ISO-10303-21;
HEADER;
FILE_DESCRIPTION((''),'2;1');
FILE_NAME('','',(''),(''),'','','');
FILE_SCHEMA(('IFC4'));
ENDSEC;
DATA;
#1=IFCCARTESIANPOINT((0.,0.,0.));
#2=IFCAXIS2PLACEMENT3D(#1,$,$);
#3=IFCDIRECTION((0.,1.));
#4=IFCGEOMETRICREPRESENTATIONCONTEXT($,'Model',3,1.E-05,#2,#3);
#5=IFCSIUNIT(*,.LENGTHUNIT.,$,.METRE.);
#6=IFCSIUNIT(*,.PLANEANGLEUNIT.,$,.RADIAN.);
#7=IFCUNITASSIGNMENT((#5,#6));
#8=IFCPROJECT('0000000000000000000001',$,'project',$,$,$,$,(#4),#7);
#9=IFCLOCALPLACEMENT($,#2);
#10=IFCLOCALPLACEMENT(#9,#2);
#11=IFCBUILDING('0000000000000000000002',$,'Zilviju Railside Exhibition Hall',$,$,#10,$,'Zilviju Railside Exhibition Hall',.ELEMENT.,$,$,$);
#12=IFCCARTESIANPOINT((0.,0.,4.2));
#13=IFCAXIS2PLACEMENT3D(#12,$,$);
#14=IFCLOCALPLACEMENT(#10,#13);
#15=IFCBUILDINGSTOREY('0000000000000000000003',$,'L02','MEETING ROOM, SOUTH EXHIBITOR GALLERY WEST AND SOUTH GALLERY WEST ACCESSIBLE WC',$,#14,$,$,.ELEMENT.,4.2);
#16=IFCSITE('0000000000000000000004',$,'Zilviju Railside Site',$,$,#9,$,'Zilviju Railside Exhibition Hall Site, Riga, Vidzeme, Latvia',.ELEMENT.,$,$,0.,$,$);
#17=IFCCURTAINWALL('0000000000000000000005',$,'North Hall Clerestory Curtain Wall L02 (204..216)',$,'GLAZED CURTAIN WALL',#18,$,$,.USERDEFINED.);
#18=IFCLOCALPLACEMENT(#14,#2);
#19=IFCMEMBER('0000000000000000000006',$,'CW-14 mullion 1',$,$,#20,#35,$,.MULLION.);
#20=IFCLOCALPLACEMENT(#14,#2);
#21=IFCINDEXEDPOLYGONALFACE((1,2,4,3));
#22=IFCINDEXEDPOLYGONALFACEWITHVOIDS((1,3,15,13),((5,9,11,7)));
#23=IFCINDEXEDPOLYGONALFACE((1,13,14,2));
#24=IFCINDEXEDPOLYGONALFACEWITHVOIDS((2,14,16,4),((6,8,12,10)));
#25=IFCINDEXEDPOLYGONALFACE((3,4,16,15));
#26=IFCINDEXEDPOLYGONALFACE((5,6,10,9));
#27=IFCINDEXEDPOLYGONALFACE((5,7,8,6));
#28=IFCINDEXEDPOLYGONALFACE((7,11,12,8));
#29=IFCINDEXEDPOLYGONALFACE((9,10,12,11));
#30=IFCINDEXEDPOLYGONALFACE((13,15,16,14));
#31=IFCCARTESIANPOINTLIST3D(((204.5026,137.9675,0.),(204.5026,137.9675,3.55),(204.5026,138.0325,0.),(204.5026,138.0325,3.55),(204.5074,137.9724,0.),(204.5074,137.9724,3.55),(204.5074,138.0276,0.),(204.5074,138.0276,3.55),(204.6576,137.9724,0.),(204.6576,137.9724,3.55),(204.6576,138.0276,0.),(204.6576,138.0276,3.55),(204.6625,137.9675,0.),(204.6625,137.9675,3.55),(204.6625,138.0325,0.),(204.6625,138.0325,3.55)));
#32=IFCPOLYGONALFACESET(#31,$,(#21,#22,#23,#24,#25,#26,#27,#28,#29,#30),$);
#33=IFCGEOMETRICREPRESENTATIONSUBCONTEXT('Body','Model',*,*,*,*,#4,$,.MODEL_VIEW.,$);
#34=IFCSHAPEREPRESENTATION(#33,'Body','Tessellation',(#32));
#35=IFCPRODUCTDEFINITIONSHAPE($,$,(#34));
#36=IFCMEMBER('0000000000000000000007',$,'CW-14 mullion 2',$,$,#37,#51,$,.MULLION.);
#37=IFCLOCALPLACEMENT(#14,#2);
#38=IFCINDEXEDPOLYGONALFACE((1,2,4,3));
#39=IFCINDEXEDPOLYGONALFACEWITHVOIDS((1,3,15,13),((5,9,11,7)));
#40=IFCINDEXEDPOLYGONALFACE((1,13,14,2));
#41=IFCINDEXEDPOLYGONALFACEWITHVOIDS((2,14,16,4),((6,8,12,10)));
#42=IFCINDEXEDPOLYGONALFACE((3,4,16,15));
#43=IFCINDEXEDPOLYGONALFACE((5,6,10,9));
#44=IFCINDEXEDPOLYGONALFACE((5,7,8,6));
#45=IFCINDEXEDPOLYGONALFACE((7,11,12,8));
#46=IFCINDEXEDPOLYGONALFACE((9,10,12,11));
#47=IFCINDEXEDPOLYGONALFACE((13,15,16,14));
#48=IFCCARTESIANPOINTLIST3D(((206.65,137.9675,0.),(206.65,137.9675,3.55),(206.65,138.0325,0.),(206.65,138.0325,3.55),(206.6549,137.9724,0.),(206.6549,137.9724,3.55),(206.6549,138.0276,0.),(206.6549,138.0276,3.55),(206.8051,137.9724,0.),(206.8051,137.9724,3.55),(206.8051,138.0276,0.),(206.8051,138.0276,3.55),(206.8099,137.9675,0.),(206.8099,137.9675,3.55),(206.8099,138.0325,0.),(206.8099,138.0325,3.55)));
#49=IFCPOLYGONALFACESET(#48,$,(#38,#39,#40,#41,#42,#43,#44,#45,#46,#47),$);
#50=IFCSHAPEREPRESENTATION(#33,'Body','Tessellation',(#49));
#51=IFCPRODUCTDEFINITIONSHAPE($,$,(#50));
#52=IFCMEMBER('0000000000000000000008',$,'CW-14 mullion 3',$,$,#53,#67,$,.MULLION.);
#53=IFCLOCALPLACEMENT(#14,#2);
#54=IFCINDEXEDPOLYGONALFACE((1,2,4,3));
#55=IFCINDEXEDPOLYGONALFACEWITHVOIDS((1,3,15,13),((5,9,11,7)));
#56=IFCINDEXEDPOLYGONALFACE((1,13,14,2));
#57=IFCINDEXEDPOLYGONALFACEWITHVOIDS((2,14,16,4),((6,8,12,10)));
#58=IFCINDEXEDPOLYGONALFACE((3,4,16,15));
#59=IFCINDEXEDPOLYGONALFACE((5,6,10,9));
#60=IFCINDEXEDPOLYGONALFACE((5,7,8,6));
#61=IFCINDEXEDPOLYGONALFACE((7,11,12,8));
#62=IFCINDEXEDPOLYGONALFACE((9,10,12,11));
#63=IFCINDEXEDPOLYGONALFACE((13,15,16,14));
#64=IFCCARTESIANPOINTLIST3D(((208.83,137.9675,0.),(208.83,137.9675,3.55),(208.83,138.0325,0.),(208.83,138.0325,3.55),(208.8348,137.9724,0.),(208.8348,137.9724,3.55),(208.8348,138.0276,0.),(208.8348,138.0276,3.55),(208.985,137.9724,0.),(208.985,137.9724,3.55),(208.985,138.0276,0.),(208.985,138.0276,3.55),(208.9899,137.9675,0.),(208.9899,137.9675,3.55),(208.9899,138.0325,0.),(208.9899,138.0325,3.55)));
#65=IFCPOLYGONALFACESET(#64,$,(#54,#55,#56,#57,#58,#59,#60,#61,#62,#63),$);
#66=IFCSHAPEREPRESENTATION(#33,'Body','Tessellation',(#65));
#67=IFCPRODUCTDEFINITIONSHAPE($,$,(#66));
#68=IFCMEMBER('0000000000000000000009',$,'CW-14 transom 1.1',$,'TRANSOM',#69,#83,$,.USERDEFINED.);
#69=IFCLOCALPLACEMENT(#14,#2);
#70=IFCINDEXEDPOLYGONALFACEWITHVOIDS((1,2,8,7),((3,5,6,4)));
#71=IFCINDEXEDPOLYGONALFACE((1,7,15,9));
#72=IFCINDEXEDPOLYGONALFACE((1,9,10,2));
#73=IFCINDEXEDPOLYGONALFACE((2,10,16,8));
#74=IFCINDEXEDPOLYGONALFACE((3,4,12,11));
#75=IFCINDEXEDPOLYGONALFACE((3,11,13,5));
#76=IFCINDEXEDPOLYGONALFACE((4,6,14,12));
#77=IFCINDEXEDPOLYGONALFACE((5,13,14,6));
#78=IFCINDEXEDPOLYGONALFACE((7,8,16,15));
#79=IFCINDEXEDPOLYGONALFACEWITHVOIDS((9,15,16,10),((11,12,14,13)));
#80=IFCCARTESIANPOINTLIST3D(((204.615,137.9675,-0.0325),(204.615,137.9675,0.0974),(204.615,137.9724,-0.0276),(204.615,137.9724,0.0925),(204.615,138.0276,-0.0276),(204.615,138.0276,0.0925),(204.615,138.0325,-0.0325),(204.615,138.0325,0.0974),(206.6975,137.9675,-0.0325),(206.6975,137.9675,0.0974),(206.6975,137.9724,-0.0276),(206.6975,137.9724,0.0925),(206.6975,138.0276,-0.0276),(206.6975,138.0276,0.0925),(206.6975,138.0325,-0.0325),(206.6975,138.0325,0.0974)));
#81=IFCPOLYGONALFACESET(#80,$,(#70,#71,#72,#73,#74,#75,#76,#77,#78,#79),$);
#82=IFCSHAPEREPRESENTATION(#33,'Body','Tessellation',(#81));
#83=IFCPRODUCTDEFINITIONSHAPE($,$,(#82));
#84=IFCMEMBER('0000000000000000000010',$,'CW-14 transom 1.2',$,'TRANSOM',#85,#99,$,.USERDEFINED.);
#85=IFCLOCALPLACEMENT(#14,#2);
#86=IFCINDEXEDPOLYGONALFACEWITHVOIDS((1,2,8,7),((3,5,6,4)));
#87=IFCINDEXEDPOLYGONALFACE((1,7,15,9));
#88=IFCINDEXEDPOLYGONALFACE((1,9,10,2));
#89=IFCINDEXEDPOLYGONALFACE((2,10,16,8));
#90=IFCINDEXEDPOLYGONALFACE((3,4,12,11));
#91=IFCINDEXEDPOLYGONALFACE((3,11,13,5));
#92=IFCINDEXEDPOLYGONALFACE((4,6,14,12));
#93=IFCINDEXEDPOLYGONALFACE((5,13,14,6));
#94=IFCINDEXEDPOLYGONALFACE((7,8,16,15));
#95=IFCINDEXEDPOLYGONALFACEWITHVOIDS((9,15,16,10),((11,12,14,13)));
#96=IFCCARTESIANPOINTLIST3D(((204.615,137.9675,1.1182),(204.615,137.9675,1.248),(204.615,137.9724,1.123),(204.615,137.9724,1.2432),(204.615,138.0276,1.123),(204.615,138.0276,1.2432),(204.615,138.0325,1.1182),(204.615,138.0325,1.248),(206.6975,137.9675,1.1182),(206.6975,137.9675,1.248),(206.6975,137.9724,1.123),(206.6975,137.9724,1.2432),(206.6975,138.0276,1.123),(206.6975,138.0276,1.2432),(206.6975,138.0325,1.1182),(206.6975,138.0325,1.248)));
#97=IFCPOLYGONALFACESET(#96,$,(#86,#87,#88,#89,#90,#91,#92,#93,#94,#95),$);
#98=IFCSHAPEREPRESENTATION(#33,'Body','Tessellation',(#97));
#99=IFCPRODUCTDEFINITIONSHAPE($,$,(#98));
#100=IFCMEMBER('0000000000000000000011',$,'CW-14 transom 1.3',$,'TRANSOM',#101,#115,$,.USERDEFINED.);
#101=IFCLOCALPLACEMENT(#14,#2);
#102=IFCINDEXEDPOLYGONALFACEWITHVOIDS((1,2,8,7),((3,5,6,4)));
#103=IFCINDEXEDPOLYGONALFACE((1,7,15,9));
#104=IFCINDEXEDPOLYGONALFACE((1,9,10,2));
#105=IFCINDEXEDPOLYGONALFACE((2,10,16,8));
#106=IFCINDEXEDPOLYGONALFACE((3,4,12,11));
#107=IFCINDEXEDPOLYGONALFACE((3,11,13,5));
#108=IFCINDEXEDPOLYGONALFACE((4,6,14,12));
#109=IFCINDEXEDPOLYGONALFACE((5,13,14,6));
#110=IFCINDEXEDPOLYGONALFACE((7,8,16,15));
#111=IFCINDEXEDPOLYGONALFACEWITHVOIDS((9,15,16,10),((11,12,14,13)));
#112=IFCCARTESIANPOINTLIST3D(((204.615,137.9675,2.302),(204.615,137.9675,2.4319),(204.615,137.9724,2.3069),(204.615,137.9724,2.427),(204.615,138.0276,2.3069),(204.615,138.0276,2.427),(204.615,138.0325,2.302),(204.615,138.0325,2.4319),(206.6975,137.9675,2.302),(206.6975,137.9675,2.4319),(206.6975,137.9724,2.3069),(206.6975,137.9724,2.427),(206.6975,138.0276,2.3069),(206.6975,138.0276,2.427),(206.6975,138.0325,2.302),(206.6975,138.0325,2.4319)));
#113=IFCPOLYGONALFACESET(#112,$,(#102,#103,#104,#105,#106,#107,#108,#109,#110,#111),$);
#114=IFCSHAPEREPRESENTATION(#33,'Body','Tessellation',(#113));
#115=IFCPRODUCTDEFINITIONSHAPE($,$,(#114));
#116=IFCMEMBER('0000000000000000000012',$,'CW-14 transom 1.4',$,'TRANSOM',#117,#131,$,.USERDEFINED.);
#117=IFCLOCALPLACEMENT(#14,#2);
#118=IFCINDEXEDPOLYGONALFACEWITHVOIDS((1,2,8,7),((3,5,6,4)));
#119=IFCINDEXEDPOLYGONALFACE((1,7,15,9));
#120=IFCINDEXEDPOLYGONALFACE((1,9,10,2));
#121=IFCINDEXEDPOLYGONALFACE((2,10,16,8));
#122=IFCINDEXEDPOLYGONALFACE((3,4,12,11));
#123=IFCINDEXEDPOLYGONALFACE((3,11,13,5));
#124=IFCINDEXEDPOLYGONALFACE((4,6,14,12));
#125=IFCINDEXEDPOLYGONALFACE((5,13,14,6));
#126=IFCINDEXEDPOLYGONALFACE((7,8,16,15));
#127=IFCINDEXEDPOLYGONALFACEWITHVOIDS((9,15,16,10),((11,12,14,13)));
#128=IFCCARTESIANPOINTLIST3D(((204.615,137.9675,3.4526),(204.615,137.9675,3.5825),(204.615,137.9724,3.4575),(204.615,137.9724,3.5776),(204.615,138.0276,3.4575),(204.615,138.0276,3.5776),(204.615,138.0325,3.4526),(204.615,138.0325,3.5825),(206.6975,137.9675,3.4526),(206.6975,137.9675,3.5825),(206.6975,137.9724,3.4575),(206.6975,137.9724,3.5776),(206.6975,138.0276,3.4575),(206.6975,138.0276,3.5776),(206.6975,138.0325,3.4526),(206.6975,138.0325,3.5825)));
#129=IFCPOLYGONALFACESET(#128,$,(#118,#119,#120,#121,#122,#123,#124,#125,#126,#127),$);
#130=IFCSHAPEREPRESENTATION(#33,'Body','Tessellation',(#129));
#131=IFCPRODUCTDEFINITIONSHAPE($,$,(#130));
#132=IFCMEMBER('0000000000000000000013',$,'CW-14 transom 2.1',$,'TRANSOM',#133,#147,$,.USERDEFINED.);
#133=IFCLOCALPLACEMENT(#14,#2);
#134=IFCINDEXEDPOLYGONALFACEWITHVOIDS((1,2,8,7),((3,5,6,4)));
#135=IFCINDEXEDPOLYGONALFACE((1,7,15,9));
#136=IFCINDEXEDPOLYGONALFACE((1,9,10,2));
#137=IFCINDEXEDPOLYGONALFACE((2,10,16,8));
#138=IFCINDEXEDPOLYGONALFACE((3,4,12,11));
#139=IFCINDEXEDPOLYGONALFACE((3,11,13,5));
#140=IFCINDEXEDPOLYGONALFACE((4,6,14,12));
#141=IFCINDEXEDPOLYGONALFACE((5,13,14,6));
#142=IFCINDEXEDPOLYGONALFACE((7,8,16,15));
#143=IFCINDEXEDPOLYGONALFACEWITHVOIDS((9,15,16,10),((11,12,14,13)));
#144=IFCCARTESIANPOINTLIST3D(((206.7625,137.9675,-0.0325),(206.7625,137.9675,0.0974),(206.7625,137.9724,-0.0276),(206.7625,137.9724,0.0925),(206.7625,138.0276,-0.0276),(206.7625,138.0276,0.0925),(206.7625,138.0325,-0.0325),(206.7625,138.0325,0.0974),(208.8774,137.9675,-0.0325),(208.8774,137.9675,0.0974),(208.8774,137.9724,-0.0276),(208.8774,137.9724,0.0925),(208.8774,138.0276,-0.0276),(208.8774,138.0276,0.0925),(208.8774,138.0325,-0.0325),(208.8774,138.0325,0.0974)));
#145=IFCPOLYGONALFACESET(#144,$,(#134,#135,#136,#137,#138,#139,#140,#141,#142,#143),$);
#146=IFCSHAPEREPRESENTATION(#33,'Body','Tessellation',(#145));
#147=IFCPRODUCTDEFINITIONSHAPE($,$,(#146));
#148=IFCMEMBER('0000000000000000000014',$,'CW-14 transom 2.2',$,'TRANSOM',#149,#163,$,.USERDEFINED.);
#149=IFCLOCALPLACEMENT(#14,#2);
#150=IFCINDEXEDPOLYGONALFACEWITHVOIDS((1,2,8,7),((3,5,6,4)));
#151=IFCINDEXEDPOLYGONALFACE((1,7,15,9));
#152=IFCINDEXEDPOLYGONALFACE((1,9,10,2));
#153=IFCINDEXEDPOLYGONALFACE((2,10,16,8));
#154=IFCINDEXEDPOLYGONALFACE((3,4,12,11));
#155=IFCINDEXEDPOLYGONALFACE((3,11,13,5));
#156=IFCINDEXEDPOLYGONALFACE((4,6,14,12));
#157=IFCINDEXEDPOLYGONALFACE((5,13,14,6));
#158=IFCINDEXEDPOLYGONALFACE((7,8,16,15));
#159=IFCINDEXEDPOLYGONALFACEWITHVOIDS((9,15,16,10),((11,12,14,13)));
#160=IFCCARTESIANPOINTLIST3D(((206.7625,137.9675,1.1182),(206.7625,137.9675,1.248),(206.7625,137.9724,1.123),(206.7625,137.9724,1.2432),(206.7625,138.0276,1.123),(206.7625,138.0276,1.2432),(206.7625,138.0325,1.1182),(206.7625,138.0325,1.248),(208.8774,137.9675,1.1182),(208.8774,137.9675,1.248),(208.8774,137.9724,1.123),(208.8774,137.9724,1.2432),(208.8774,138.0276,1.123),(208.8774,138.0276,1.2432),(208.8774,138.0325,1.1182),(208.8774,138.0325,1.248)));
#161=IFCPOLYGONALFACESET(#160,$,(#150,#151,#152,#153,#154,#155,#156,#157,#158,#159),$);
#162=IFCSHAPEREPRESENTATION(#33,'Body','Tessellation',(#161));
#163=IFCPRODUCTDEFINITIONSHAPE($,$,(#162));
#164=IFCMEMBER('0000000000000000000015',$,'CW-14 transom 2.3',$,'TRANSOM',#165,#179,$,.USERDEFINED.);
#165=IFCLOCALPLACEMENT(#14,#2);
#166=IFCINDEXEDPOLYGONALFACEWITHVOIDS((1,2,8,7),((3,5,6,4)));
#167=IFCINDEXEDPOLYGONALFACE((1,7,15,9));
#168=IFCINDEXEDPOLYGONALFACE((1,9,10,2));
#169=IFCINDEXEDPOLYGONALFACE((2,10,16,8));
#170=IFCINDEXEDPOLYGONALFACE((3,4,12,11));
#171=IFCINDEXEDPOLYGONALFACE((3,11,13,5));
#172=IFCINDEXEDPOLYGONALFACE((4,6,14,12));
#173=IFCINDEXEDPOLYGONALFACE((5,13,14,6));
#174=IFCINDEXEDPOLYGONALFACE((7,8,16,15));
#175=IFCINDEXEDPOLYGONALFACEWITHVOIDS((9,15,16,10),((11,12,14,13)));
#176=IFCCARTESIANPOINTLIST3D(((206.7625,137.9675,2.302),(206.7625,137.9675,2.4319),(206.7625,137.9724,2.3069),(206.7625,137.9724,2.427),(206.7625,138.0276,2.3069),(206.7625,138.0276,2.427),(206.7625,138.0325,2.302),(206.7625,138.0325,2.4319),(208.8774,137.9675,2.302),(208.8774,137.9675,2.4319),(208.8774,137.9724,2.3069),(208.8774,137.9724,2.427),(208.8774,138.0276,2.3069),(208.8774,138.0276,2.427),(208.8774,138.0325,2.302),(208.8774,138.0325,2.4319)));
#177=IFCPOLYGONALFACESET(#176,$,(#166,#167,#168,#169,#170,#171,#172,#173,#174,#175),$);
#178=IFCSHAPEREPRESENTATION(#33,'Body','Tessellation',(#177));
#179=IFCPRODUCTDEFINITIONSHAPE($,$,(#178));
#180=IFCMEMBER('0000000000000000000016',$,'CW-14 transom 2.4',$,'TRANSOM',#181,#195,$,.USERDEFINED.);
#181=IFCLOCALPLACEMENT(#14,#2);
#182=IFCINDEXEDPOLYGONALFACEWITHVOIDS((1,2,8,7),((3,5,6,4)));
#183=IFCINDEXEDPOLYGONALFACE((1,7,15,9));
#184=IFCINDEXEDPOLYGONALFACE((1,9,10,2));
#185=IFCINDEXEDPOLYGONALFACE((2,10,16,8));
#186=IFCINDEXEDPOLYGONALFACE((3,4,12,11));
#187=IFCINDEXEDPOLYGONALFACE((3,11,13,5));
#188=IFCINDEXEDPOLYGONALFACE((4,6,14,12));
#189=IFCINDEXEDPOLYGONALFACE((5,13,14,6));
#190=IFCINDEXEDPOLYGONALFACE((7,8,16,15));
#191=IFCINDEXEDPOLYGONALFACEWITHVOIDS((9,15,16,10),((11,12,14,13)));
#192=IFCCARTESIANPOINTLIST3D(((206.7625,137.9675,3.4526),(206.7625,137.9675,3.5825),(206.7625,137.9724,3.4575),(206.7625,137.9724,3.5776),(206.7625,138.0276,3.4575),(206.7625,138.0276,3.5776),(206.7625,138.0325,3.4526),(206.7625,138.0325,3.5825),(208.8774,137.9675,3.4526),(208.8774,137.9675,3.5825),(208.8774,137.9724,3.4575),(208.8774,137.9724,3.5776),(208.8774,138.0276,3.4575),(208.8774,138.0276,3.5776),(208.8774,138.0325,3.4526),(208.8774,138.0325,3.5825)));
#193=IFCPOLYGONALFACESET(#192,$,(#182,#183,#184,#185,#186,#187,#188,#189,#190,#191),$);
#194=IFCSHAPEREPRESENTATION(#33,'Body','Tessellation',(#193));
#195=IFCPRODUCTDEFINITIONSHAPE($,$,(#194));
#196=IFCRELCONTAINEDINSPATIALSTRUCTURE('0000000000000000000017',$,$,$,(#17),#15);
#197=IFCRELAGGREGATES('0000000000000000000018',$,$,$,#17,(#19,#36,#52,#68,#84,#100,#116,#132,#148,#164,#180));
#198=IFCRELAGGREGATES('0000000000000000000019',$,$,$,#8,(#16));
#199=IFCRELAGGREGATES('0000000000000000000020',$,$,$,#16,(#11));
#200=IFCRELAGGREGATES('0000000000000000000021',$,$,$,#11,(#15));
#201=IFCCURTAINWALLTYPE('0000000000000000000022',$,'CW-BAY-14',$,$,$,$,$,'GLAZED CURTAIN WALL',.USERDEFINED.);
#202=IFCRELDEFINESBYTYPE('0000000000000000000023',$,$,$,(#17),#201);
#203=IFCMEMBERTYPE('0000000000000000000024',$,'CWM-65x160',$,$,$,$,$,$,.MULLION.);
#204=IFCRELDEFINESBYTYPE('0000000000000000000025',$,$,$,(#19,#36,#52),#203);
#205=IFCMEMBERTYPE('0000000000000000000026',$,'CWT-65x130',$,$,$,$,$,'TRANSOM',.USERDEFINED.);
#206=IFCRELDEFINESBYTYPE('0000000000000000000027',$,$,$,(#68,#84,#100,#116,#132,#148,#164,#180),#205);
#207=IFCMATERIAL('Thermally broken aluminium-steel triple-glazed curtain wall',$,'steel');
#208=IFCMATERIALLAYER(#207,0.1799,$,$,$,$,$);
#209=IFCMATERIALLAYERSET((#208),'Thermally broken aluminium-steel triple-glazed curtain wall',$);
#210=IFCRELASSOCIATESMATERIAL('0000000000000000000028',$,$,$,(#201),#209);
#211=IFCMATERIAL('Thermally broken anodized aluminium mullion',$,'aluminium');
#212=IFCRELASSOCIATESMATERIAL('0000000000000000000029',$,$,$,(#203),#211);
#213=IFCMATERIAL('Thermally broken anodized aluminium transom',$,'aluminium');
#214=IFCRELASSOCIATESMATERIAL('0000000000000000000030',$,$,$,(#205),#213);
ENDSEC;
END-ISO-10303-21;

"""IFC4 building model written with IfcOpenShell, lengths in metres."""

from ifc_helpers import new_model, si_unit, direction, frame, origin, origin_2d, place, context, subcontext, project, spatial, hollow_rectangle, extrude, material, layer, layer_set, material_profile, profile_set, type_object, element, aggregate, save


model = new_model("IFC4")

# Units and contexts
model_context = context("Model", 3, precision=1e-05, world=origin(), true_north=direction((0.0, 1.0)))
body_context = subcontext(model_context, "Body", "Model", "MODEL_VIEW")
ifc_project = project(units=[si_unit("LENGTHUNIT", "METRE"), si_unit("PLANEANGLEUNIT", "RADIAN")], contexts=[model_context])

# Site, building, storey
site_placement = place(None, origin())
site = spatial("IfcSite", under=ifc_project, at=site_placement, Name="Zilviju Railside Site", LongName="Zilviju Railside Exhibition Hall Site, Riga, Vidzeme, Latvia", CompositionType="ELEMENT", RefElevation=0.0)
building_placement = place(site_placement, origin())
building = spatial("IfcBuilding", under=site, at=building_placement, Name="Zilviju Railside Exhibition Hall", LongName="Zilviju Railside Exhibition Hall", CompositionType="ELEMENT")
storey_placement = place(building_placement, frame((0.0, 0.0, 4.2)))
storey = spatial("IfcBuildingStorey", under=building, at=storey_placement, Name="L02", Description="MEETING ROOM, SOUTH EXHIBITOR GALLERY WEST AND SOUTH GALLERY WEST ACCESSIBLE WC", CompositionType="ELEMENT", Elevation=4.2)

# Curtain wall, members
ifc_material_1 = material(Name="Thermally broken aluminium-steel triple-glazed curtain wall", Category="steel")
ifc_layer_1 = layer(ifc_material_1, 0.1799)
ifc_layer_set_1 = layer_set([ifc_layer_1], Name="Thermally broken aluminium-steel triple-glazed curtain wall")
curtain_wall_type = type_object("IfcCurtainWallType", Name="CW-BAY-14", ElementType="GLAZED CURTAIN WALL", PredefinedType="USERDEFINED", material=ifc_layer_set_1)
curtain_wall_placement = place(storey_placement, origin())
curtain_wall = element("IfcCurtainWall", 1, at=curtain_wall_placement, inside=storey, type_object=curtain_wall_type, Name="North Hall Clerestory Curtain Wall L02 (204..216)", ObjectType="GLAZED CURTAIN WALL", PredefinedType="USERDEFINED")
ifc_material_2 = material(Name="Thermally broken anodized aluminium mullion", Category="aluminium")
ifc_material_profile_1 = material_profile(ifc_material_2, hollow_rectangle(XDim=0.0649, YDim=0.1599, WallThickness=0.0049, at=origin_2d()), Name="MULLION 160x65x5")
ifc_profile_set_1 = profile_set([ifc_material_profile_1], Name="Thermally broken anodized aluminium mullion")
member_type_1 = type_object("IfcMemberType", Name="CWM-65x160", PredefinedType="MULLION", material=ifc_profile_set_1)
member_1_placement = place(storey_placement, frame((204.5825, 138.0, 0.0), z_axis=(0.0, 0.0, 1.0), x_axis=(0.0, 1.0, 0.0)))
member_1 = element("IfcMember", 2, at=member_1_placement, type_object=member_type_1, Name="CW-14 mullion 1", PredefinedType="MULLION", context=body_context, shape_type="SweptSolid", body=[
    extrude(hollow_rectangle(XDim=0.0649, YDim=0.1599, WallThickness=0.0049, at=origin_2d()), origin(), (0.0, 0.0, 1.0), 3.55),
])
member_2_placement = place(storey_placement, frame((206.73, 138.0, 0.0), z_axis=(0.0, 0.0, 1.0), x_axis=(0.0, 1.0, 0.0)))
member_2 = element("IfcMember", 3, at=member_2_placement, type_object=member_type_1, Name="CW-14 mullion 2", PredefinedType="MULLION", context=body_context, shape_type="SweptSolid", body=[
    extrude(hollow_rectangle(XDim=0.0649, YDim=0.1599, WallThickness=0.0049, at=origin_2d()), origin(), (0.0, 0.0, 1.0), 3.55),
])
member_3_placement = place(storey_placement, frame((208.9099, 138.0, 0.0), z_axis=(0.0, 0.0, 1.0), x_axis=(0.0, 1.0, 0.0)))
member_3 = element("IfcMember", 4, at=member_3_placement, type_object=member_type_1, Name="CW-14 mullion 3", PredefinedType="MULLION", context=body_context, shape_type="SweptSolid", body=[
    extrude(hollow_rectangle(XDim=0.0649, YDim=0.1599, WallThickness=0.0049, at=origin_2d()), origin(), (0.0, 0.0, 1.0), 3.55),
])
ifc_material_3 = material(Name="Thermally broken anodized aluminium transom", Category="aluminium")
ifc_material_profile_2 = material_profile(ifc_material_3, hollow_rectangle(XDim=0.0649, YDim=0.1299, WallThickness=0.0049, at=origin_2d()), Name="TRANSOM 130x65x5")
ifc_profile_set_2 = profile_set([ifc_material_profile_2], Name="Thermally broken anodized aluminium transom")
member_type_2 = type_object("IfcMemberType", Name="CWT-65x130", ElementType="TRANSOM", PredefinedType="USERDEFINED", material=ifc_profile_set_2)
member_4_placement = place(storey_placement, frame((204.615, 138.0, 0.0325), z_axis=(1.0, 0.0, 0.0), x_axis=(0.0, 1.0, 0.0)))
member_4 = element("IfcMember", 5, at=member_4_placement, type_object=member_type_2, Name="CW-14 transom 1.1", ObjectType="TRANSOM", PredefinedType="USERDEFINED", context=body_context, shape_type="SweptSolid", body=[
    extrude(hollow_rectangle(XDim=0.0649, YDim=0.1299, WallThickness=0.0049, at=origin_2d()), origin(), (0.0, 0.0, 1.0), 2.0825),
])
member_5_placement = place(storey_placement, frame((204.615, 138.0, 1.1831), z_axis=(1.0, 0.0, 0.0), x_axis=(0.0, 1.0, 0.0)))
member_5 = element("IfcMember", 6, at=member_5_placement, type_object=member_type_2, Name="CW-14 transom 1.2", ObjectType="TRANSOM", PredefinedType="USERDEFINED", context=body_context, shape_type="SweptSolid", body=[
    extrude(hollow_rectangle(XDim=0.0649, YDim=0.1299, WallThickness=0.0049, at=origin_2d()), origin(), (0.0, 0.0, 1.0), 2.0825),
])
member_6_placement = place(storey_placement, frame((204.615, 138.0, 2.3669), z_axis=(1.0, 0.0, 0.0), x_axis=(0.0, 1.0, 0.0)))
member_6 = element("IfcMember", 7, at=member_6_placement, type_object=member_type_2, Name="CW-14 transom 1.3", ObjectType="TRANSOM", PredefinedType="USERDEFINED", context=body_context, shape_type="SweptSolid", body=[
    extrude(hollow_rectangle(XDim=0.0649, YDim=0.1299, WallThickness=0.0049, at=origin_2d()), origin(), (0.0, 0.0, 1.0), 2.0825),
])
member_7_placement = place(storey_placement, frame((204.615, 138.0, 3.5176), z_axis=(1.0, 0.0, 0.0), x_axis=(0.0, 1.0, 0.0)))
member_7 = element("IfcMember", 8, at=member_7_placement, type_object=member_type_2, Name="CW-14 transom 1.4", ObjectType="TRANSOM", PredefinedType="USERDEFINED", context=body_context, shape_type="SweptSolid", body=[
    extrude(hollow_rectangle(XDim=0.0649, YDim=0.1299, WallThickness=0.0049, at=origin_2d()), origin(), (0.0, 0.0, 1.0), 2.0825),
])
member_8_placement = place(storey_placement, frame((206.7625, 138.0, 0.0325), z_axis=(1.0, 0.0, 0.0), x_axis=(0.0, 1.0, 0.0)))
member_8 = element("IfcMember", 9, at=member_8_placement, type_object=member_type_2, Name="CW-14 transom 2.1", ObjectType="TRANSOM", PredefinedType="USERDEFINED", context=body_context, shape_type="SweptSolid", body=[
    extrude(hollow_rectangle(XDim=0.0649, YDim=0.1299, WallThickness=0.0049, at=origin_2d()), origin(), (0.0, 0.0, 1.0), 2.115),
])
member_9_placement = place(storey_placement, frame((206.7625, 138.0, 1.1831), z_axis=(1.0, 0.0, 0.0), x_axis=(0.0, 1.0, 0.0)))
member_9 = element("IfcMember", 10, at=member_9_placement, type_object=member_type_2, Name="CW-14 transom 2.2", ObjectType="TRANSOM", PredefinedType="USERDEFINED", context=body_context, shape_type="SweptSolid", body=[
    extrude(hollow_rectangle(XDim=0.0649, YDim=0.1299, WallThickness=0.0049, at=origin_2d()), origin(), (0.0, 0.0, 1.0), 2.115),
])
member_10_placement = place(storey_placement, frame((206.7625, 138.0, 2.3669), z_axis=(1.0, 0.0, 0.0), x_axis=(0.0, 1.0, 0.0)))
member_10 = element("IfcMember", 11, at=member_10_placement, type_object=member_type_2, Name="CW-14 transom 2.3", ObjectType="TRANSOM", PredefinedType="USERDEFINED", context=body_context, shape_type="SweptSolid", body=[
    extrude(hollow_rectangle(XDim=0.0649, YDim=0.1299, WallThickness=0.0049, at=origin_2d()), origin(), (0.0, 0.0, 1.0), 2.115),
])
member_11_placement = place(storey_placement, frame((206.7625, 138.0, 3.5176), z_axis=(1.0, 0.0, 0.0), x_axis=(0.0, 1.0, 0.0)))
member_11 = element("IfcMember", 12, at=member_11_placement, type_object=member_type_2, Name="CW-14 transom 2.4", ObjectType="TRANSOM", PredefinedType="USERDEFINED", context=body_context, shape_type="SweptSolid", body=[
    extrude(hollow_rectangle(XDim=0.0649, YDim=0.1299, WallThickness=0.0049, at=origin_2d()), origin(), (0.0, 0.0, 1.0), 2.115),
])
aggregate(curtain_wall, [member_1, member_2, member_3, member_4, member_5, member_6, member_7, member_8, member_9, member_10, member_11])

save(model, "model.ifc")
